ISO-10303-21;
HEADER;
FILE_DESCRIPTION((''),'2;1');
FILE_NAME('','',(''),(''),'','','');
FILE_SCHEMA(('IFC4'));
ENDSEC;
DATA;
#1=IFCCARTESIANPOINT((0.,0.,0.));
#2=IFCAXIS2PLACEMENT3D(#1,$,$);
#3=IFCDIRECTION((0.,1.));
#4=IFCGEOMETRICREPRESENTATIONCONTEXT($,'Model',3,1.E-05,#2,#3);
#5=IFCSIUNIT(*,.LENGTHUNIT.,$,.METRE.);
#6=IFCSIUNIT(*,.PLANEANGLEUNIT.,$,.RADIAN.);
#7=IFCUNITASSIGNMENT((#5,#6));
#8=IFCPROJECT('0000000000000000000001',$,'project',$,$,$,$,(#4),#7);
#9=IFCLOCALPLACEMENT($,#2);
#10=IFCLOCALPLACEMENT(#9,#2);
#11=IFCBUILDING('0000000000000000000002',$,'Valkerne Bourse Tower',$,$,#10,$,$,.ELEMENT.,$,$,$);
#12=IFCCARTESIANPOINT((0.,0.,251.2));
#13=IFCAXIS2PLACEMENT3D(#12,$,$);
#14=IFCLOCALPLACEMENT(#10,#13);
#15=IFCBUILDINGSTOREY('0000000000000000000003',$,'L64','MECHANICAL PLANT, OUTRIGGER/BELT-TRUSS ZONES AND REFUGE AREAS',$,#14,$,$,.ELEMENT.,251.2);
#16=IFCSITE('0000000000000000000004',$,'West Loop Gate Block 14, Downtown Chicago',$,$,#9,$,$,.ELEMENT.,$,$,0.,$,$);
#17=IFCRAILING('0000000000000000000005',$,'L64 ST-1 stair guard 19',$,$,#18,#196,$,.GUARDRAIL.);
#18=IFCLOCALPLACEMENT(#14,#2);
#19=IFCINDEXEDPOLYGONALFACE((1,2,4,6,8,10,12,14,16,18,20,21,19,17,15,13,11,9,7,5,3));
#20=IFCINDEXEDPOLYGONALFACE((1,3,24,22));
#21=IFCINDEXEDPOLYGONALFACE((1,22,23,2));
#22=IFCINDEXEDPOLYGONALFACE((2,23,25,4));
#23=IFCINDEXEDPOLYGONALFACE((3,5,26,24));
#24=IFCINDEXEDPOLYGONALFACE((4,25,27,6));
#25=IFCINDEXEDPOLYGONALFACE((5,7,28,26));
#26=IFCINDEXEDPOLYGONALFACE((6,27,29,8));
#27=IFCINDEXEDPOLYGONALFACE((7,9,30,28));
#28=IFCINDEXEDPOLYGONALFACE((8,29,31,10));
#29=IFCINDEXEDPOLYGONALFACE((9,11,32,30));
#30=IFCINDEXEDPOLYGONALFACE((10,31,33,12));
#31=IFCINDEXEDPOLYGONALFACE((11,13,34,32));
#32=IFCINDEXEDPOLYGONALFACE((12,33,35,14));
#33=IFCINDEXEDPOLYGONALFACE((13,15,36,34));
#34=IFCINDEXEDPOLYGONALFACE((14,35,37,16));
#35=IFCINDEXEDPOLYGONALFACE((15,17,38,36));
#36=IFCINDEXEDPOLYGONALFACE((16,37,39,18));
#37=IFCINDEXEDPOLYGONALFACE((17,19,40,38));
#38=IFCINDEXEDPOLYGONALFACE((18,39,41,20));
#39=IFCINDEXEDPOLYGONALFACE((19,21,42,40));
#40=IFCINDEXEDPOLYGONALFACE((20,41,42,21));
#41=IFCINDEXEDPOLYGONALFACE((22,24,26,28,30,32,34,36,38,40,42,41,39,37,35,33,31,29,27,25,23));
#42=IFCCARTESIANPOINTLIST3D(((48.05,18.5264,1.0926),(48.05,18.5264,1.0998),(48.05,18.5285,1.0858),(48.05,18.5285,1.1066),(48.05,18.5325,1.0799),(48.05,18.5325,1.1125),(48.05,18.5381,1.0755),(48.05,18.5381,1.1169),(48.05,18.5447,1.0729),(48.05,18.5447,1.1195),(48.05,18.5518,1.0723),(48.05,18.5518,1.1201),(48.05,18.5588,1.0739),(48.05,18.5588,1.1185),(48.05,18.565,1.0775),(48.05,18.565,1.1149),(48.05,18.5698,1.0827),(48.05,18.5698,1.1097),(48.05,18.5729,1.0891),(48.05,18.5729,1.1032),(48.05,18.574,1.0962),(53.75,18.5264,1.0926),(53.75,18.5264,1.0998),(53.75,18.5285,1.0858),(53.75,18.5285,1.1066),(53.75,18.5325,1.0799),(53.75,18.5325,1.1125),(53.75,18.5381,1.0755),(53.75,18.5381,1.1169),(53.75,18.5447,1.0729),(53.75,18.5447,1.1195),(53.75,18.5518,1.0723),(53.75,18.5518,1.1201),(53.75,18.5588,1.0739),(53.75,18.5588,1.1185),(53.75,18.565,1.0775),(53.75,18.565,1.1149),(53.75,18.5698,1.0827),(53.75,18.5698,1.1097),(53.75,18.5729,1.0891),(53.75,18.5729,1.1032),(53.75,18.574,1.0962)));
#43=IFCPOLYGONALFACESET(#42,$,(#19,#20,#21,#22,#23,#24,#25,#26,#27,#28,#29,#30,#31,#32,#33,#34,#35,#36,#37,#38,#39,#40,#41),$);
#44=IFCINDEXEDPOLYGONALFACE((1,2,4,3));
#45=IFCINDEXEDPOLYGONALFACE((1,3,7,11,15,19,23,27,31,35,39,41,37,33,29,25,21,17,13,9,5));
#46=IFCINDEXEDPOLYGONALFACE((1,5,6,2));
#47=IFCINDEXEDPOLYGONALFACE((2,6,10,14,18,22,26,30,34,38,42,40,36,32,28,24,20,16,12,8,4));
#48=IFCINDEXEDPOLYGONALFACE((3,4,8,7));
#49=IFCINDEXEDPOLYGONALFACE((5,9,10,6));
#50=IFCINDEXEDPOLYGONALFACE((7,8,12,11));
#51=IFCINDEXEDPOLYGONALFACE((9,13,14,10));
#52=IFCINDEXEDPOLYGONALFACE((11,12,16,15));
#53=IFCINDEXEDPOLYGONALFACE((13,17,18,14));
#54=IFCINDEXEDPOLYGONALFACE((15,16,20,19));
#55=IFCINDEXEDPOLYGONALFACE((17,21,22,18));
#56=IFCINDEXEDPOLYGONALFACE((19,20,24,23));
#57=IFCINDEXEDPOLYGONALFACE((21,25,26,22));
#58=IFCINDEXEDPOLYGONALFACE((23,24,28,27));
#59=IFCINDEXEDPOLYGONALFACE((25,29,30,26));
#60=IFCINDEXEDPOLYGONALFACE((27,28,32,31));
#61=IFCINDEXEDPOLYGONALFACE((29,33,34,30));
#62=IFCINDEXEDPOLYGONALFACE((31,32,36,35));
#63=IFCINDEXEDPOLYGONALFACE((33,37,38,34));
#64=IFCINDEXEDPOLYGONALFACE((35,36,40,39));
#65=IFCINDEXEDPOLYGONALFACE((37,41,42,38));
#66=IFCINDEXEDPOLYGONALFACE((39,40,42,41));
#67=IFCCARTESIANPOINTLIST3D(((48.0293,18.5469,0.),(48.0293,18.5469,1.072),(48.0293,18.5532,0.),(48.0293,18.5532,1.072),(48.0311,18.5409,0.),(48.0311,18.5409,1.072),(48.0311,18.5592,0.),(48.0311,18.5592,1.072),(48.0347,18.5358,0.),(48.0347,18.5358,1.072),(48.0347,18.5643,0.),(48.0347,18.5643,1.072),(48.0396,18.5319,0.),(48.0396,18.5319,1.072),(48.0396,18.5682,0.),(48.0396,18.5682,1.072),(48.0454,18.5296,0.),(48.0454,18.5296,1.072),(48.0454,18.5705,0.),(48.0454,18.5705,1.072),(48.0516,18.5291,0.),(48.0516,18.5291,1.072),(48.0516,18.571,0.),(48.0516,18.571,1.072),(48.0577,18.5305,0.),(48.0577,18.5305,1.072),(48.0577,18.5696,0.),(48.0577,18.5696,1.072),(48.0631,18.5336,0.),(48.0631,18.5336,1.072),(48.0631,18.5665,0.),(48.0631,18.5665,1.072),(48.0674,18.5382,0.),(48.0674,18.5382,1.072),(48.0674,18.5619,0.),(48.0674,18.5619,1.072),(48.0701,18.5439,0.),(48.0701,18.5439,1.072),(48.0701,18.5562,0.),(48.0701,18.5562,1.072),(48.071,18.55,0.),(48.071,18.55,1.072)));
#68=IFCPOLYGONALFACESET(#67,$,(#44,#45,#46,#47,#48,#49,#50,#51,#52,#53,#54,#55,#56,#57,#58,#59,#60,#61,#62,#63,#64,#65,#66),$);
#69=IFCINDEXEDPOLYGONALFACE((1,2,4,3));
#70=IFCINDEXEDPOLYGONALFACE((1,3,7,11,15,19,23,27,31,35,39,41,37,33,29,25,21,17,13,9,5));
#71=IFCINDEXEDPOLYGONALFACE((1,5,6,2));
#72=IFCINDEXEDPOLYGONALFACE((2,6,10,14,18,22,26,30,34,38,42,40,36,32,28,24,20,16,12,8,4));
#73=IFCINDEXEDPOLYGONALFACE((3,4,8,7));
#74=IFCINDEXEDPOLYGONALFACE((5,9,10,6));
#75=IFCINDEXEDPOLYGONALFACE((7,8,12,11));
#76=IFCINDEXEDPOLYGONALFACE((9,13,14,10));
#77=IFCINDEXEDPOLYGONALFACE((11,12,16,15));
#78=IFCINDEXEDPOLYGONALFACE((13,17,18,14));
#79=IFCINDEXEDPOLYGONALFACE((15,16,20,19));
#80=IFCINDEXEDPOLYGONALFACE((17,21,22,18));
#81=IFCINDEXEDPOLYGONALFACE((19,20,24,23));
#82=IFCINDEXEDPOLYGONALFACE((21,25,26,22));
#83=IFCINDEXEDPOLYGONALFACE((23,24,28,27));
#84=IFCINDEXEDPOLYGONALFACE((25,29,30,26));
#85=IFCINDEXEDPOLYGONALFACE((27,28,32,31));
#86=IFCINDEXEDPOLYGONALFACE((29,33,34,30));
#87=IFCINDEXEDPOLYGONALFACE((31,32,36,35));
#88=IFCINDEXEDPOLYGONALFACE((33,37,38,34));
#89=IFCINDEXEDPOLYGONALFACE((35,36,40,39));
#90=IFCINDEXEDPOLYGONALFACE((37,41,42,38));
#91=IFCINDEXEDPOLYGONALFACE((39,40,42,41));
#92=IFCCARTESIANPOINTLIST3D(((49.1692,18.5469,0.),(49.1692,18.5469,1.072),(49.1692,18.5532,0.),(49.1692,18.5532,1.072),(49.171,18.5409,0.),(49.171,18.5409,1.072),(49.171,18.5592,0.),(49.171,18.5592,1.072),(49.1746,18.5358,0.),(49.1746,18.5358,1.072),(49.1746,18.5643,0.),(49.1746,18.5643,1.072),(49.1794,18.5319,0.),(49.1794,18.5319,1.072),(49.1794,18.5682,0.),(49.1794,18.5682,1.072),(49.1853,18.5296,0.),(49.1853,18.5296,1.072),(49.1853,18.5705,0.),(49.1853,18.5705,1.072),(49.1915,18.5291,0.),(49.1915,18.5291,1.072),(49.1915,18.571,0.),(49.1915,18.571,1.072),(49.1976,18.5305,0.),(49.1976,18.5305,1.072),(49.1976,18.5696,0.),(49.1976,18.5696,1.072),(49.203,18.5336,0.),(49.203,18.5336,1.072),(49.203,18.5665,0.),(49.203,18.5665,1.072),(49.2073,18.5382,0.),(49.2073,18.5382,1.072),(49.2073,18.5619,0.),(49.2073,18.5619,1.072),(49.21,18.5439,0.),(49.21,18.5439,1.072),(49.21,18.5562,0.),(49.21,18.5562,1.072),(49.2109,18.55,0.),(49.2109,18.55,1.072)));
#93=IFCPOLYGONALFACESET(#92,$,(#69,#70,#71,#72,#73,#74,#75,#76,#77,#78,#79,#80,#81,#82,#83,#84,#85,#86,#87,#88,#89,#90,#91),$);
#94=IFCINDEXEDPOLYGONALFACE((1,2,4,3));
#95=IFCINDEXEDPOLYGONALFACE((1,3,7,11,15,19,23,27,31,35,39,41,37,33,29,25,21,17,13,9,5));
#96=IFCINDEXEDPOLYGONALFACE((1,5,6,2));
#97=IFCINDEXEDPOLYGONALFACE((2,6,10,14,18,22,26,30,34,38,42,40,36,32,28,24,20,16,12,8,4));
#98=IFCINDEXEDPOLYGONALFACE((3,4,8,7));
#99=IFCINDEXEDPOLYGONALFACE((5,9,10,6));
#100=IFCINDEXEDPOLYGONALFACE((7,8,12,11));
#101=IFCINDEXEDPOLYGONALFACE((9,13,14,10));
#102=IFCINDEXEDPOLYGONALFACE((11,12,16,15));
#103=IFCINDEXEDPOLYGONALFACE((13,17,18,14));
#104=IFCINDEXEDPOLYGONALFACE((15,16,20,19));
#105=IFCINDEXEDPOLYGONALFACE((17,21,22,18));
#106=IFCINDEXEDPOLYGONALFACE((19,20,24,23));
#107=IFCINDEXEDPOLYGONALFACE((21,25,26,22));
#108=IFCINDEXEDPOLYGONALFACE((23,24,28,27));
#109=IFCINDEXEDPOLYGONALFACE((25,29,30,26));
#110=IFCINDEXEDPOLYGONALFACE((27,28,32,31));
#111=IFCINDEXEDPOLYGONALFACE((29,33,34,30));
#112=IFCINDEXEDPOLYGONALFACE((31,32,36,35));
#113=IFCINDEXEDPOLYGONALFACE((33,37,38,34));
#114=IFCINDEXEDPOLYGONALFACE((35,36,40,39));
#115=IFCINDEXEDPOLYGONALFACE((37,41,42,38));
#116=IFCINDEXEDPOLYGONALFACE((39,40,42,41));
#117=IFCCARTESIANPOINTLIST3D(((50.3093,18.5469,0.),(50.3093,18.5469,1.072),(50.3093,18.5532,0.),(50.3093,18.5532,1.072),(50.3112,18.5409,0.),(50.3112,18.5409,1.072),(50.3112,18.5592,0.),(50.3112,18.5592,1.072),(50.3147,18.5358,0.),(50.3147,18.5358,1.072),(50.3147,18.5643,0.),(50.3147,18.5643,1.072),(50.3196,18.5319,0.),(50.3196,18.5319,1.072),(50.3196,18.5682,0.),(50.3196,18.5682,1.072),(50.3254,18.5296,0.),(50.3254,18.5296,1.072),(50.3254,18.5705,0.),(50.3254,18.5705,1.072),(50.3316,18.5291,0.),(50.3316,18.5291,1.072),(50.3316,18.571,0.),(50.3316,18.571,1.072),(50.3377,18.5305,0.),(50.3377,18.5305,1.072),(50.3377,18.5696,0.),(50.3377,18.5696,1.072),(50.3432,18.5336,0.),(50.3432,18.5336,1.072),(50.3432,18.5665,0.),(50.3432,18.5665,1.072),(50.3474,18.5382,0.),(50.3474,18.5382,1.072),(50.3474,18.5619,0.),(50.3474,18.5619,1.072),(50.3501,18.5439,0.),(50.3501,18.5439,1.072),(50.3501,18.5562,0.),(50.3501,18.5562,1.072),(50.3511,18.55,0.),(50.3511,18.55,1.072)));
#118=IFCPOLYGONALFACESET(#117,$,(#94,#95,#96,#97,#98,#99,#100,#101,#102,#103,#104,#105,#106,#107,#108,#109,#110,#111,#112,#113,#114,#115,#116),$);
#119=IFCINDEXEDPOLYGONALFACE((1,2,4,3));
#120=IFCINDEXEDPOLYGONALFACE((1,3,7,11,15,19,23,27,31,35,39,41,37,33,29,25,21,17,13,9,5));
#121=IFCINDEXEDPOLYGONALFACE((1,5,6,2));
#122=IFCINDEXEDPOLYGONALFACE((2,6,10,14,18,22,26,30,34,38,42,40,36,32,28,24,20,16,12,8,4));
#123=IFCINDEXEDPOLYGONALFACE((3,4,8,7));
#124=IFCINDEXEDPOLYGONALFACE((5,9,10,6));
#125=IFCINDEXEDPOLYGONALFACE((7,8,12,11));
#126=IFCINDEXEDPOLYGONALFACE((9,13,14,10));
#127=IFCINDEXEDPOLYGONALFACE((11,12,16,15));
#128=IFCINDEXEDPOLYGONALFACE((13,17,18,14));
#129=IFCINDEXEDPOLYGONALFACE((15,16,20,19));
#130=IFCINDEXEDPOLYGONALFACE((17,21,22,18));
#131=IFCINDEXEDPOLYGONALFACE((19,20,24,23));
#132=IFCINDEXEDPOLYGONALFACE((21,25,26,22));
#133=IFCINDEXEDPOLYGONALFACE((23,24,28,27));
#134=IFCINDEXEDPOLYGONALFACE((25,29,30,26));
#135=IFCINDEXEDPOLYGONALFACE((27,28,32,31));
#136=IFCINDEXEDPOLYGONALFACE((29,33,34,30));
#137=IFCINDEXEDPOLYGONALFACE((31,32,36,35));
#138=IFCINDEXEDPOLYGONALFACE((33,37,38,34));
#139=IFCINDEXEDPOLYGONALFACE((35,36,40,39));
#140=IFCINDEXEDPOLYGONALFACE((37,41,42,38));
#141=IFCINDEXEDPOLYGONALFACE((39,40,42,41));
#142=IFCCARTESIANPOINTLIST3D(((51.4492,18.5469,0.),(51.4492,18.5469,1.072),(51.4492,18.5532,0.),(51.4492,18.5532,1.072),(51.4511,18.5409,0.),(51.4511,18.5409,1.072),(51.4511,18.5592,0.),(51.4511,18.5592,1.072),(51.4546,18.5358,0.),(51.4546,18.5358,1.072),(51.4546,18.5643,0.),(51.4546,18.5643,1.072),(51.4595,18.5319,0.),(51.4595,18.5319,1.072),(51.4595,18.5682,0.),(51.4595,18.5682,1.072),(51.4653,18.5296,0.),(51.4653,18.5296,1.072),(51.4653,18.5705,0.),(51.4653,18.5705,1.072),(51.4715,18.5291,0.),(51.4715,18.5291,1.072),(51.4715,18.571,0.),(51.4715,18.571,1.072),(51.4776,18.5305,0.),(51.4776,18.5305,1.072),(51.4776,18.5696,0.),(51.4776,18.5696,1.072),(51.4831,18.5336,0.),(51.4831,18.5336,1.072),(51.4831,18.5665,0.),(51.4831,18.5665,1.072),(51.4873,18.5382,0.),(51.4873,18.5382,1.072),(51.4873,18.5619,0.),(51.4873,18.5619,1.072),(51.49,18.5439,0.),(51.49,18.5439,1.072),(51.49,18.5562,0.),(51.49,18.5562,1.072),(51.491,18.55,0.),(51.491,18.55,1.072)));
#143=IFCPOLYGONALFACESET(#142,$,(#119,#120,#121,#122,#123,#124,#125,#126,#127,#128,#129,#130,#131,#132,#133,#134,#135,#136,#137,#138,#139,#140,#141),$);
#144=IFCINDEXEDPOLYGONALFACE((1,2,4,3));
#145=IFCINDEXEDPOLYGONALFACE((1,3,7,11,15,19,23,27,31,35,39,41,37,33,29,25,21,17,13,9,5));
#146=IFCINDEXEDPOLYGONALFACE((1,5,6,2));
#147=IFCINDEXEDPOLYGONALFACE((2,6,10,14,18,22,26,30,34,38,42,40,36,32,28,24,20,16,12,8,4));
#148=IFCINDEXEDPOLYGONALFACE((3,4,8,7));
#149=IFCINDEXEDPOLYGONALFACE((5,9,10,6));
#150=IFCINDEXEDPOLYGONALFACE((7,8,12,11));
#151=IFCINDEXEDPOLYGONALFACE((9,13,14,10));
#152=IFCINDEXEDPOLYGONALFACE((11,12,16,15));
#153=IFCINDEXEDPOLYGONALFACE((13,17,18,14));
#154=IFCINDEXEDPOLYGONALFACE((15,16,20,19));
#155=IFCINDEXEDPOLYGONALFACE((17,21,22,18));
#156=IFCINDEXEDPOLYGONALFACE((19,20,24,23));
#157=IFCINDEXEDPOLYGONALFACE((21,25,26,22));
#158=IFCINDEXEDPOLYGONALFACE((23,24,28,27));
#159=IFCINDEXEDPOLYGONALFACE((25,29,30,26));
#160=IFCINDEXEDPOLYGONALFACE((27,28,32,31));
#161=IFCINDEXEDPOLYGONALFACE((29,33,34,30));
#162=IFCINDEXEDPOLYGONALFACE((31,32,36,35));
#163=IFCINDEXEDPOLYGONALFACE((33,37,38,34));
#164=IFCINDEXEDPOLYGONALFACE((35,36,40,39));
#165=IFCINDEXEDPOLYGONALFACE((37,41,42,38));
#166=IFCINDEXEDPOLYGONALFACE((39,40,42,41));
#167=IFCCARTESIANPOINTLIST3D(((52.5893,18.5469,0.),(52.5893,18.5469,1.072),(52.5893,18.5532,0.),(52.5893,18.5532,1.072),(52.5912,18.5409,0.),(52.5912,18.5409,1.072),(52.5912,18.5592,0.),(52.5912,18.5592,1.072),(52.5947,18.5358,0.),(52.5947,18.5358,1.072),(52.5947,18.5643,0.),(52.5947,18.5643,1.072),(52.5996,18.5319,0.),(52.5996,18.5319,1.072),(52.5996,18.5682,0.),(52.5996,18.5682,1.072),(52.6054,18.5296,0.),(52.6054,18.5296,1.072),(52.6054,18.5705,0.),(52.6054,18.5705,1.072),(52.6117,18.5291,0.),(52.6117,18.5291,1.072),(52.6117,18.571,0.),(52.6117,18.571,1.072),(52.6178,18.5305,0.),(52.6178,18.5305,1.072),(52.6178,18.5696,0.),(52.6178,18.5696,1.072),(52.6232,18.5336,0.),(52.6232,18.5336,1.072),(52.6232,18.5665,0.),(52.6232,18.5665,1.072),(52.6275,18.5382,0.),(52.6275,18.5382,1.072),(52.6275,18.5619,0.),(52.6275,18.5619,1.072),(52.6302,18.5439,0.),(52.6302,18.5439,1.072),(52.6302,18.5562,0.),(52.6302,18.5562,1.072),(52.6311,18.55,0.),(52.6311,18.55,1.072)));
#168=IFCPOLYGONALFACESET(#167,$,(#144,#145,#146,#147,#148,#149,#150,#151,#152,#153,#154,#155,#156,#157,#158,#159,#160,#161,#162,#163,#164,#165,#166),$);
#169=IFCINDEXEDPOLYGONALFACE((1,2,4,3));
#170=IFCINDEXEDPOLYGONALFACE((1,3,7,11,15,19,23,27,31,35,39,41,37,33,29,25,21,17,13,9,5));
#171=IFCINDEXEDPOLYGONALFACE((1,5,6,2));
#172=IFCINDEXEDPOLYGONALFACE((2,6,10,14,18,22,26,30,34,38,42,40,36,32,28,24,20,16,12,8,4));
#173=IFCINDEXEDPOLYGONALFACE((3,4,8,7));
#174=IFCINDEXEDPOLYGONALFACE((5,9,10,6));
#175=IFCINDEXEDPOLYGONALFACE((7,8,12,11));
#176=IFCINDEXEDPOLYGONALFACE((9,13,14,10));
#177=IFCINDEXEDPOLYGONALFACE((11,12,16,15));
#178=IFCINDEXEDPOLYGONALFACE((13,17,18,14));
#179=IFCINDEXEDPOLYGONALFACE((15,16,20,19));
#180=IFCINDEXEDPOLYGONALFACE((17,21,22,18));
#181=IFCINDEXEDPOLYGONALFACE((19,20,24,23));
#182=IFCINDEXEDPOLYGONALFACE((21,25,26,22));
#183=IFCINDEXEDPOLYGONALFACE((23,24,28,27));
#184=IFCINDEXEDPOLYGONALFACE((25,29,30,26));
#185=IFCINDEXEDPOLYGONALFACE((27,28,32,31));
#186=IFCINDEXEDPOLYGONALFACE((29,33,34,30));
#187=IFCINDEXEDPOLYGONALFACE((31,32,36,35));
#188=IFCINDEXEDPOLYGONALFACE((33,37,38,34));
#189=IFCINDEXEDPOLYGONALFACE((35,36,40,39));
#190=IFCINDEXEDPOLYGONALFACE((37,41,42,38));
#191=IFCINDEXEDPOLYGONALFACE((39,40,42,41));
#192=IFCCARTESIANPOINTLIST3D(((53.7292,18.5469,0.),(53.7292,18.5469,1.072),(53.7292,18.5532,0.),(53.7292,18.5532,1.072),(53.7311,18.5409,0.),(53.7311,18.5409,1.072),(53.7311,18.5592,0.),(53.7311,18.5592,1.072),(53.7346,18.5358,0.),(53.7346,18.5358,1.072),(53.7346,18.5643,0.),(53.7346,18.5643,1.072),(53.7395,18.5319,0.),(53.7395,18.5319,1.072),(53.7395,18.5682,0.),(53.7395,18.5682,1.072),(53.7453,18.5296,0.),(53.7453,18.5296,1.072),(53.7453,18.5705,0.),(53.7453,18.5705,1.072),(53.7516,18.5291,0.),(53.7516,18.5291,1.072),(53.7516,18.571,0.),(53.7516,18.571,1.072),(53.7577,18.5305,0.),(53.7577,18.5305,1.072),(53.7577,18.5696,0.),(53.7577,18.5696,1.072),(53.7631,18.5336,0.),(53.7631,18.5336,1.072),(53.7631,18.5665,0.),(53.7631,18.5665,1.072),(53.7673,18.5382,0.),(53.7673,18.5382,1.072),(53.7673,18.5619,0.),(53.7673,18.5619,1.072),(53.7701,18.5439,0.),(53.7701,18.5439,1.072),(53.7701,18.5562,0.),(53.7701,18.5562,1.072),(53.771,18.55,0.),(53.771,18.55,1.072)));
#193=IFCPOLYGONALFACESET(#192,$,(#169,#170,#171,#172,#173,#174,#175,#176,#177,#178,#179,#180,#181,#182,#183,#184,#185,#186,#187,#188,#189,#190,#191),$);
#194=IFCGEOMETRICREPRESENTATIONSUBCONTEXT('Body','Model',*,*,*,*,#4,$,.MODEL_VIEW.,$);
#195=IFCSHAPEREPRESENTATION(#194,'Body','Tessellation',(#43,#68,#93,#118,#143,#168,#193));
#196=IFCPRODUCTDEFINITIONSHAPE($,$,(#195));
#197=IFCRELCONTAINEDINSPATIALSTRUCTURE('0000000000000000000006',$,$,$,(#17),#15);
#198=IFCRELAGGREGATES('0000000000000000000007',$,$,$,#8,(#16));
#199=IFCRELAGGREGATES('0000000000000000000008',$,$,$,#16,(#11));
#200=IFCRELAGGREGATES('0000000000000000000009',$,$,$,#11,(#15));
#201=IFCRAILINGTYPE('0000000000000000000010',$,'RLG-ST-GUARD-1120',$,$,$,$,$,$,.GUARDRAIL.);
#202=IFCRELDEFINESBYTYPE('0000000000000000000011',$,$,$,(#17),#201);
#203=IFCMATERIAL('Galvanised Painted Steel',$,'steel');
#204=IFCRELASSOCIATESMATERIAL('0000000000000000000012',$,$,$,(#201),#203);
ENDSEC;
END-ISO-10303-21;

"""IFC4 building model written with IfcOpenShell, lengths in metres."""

from ifc_helpers import new_model, si_unit, direction, frame, origin, origin_2d, place, context, subcontext, project, spatial, circle, extrude, material, type_object, element, save


model = new_model("IFC4")

# Units and contexts
model_context = context("Model", 3, precision=1e-05, world=origin(), true_north=direction((0.0, 1.0)))
body_context = subcontext(model_context, "Body", "Model", "MODEL_VIEW")
ifc_project = project(units=[si_unit("LENGTHUNIT", "METRE"), si_unit("PLANEANGLEUNIT", "RADIAN")], contexts=[model_context])

# Site, building, storey
site_placement = place(None, origin())
site = spatial("IfcSite", under=ifc_project, at=site_placement, Name="West Loop Gate Block 14, Downtown Chicago", CompositionType="ELEMENT", RefElevation=0.0)
building_placement = place(site_placement, origin())
building = spatial("IfcBuilding", under=site, at=building_placement, Name="Valkerne Bourse Tower", CompositionType="ELEMENT")
storey_placement = place(building_placement, frame((0.0, 0.0, 251.2)))
storey = spatial("IfcBuildingStorey", under=building, at=storey_placement, Name="L64", Description="MECHANICAL PLANT, OUTRIGGER/BELT-TRUSS ZONES AND REFUGE AREAS", CompositionType="ELEMENT", Elevation=251.2)

# Railing
ifc_material_1 = material(Name="Galvanised Painted Steel", Category="steel")
railing_type_1 = type_object("IfcRailingType", Name="RLG-ST-GUARD-1120", PredefinedType="GUARDRAIL", material=ifc_material_1)
railing_1_placement = place(storey_placement, frame((48.05, 18.55, 0.0)))
element("IfcRailing", 1, at=railing_1_placement, inside=storey, type_object=railing_type_1, Name="L64 ST-1 stair guard 19", PredefinedType="GUARDRAIL", context=body_context, shape_type="SweptSolid", body=[
    extrude(circle(Radius=0.0239, at=origin_2d()), frame((0.0, 0.0, 1.0962), z_axis=(1.0, 0.0, 0.0), x_axis=(0.0, 1.0, 0.0)), (0.0, 0.0, 1.0), 5.7),
    extrude(circle(Radius=0.021, at=origin_2d()), origin(), (0.0, 0.0, 1.0), 1.072),
    extrude(circle(Radius=0.021, at=origin_2d()), frame((1.1399, 0.0, 0.0)), (0.0, 0.0, 1.0), 1.072),
    extrude(circle(Radius=0.021, at=origin_2d()), frame((2.28, 0.0, 0.0)), (0.0, 0.0, 1.0), 1.072),
    extrude(circle(Radius=0.021, at=origin_2d()), frame((3.4199, 0.0, 0.0)), (0.0, 0.0, 1.0), 1.072),
    extrude(circle(Radius=0.021, at=origin_2d()), frame((4.5601, 0.0, 0.0)), (0.0, 0.0, 1.0), 1.072),
    extrude(circle(Radius=0.021, at=origin_2d()), frame((5.7, 0.0, 0.0)), (0.0, 0.0, 1.0), 1.072),
])

save(model, "model.ifc")
